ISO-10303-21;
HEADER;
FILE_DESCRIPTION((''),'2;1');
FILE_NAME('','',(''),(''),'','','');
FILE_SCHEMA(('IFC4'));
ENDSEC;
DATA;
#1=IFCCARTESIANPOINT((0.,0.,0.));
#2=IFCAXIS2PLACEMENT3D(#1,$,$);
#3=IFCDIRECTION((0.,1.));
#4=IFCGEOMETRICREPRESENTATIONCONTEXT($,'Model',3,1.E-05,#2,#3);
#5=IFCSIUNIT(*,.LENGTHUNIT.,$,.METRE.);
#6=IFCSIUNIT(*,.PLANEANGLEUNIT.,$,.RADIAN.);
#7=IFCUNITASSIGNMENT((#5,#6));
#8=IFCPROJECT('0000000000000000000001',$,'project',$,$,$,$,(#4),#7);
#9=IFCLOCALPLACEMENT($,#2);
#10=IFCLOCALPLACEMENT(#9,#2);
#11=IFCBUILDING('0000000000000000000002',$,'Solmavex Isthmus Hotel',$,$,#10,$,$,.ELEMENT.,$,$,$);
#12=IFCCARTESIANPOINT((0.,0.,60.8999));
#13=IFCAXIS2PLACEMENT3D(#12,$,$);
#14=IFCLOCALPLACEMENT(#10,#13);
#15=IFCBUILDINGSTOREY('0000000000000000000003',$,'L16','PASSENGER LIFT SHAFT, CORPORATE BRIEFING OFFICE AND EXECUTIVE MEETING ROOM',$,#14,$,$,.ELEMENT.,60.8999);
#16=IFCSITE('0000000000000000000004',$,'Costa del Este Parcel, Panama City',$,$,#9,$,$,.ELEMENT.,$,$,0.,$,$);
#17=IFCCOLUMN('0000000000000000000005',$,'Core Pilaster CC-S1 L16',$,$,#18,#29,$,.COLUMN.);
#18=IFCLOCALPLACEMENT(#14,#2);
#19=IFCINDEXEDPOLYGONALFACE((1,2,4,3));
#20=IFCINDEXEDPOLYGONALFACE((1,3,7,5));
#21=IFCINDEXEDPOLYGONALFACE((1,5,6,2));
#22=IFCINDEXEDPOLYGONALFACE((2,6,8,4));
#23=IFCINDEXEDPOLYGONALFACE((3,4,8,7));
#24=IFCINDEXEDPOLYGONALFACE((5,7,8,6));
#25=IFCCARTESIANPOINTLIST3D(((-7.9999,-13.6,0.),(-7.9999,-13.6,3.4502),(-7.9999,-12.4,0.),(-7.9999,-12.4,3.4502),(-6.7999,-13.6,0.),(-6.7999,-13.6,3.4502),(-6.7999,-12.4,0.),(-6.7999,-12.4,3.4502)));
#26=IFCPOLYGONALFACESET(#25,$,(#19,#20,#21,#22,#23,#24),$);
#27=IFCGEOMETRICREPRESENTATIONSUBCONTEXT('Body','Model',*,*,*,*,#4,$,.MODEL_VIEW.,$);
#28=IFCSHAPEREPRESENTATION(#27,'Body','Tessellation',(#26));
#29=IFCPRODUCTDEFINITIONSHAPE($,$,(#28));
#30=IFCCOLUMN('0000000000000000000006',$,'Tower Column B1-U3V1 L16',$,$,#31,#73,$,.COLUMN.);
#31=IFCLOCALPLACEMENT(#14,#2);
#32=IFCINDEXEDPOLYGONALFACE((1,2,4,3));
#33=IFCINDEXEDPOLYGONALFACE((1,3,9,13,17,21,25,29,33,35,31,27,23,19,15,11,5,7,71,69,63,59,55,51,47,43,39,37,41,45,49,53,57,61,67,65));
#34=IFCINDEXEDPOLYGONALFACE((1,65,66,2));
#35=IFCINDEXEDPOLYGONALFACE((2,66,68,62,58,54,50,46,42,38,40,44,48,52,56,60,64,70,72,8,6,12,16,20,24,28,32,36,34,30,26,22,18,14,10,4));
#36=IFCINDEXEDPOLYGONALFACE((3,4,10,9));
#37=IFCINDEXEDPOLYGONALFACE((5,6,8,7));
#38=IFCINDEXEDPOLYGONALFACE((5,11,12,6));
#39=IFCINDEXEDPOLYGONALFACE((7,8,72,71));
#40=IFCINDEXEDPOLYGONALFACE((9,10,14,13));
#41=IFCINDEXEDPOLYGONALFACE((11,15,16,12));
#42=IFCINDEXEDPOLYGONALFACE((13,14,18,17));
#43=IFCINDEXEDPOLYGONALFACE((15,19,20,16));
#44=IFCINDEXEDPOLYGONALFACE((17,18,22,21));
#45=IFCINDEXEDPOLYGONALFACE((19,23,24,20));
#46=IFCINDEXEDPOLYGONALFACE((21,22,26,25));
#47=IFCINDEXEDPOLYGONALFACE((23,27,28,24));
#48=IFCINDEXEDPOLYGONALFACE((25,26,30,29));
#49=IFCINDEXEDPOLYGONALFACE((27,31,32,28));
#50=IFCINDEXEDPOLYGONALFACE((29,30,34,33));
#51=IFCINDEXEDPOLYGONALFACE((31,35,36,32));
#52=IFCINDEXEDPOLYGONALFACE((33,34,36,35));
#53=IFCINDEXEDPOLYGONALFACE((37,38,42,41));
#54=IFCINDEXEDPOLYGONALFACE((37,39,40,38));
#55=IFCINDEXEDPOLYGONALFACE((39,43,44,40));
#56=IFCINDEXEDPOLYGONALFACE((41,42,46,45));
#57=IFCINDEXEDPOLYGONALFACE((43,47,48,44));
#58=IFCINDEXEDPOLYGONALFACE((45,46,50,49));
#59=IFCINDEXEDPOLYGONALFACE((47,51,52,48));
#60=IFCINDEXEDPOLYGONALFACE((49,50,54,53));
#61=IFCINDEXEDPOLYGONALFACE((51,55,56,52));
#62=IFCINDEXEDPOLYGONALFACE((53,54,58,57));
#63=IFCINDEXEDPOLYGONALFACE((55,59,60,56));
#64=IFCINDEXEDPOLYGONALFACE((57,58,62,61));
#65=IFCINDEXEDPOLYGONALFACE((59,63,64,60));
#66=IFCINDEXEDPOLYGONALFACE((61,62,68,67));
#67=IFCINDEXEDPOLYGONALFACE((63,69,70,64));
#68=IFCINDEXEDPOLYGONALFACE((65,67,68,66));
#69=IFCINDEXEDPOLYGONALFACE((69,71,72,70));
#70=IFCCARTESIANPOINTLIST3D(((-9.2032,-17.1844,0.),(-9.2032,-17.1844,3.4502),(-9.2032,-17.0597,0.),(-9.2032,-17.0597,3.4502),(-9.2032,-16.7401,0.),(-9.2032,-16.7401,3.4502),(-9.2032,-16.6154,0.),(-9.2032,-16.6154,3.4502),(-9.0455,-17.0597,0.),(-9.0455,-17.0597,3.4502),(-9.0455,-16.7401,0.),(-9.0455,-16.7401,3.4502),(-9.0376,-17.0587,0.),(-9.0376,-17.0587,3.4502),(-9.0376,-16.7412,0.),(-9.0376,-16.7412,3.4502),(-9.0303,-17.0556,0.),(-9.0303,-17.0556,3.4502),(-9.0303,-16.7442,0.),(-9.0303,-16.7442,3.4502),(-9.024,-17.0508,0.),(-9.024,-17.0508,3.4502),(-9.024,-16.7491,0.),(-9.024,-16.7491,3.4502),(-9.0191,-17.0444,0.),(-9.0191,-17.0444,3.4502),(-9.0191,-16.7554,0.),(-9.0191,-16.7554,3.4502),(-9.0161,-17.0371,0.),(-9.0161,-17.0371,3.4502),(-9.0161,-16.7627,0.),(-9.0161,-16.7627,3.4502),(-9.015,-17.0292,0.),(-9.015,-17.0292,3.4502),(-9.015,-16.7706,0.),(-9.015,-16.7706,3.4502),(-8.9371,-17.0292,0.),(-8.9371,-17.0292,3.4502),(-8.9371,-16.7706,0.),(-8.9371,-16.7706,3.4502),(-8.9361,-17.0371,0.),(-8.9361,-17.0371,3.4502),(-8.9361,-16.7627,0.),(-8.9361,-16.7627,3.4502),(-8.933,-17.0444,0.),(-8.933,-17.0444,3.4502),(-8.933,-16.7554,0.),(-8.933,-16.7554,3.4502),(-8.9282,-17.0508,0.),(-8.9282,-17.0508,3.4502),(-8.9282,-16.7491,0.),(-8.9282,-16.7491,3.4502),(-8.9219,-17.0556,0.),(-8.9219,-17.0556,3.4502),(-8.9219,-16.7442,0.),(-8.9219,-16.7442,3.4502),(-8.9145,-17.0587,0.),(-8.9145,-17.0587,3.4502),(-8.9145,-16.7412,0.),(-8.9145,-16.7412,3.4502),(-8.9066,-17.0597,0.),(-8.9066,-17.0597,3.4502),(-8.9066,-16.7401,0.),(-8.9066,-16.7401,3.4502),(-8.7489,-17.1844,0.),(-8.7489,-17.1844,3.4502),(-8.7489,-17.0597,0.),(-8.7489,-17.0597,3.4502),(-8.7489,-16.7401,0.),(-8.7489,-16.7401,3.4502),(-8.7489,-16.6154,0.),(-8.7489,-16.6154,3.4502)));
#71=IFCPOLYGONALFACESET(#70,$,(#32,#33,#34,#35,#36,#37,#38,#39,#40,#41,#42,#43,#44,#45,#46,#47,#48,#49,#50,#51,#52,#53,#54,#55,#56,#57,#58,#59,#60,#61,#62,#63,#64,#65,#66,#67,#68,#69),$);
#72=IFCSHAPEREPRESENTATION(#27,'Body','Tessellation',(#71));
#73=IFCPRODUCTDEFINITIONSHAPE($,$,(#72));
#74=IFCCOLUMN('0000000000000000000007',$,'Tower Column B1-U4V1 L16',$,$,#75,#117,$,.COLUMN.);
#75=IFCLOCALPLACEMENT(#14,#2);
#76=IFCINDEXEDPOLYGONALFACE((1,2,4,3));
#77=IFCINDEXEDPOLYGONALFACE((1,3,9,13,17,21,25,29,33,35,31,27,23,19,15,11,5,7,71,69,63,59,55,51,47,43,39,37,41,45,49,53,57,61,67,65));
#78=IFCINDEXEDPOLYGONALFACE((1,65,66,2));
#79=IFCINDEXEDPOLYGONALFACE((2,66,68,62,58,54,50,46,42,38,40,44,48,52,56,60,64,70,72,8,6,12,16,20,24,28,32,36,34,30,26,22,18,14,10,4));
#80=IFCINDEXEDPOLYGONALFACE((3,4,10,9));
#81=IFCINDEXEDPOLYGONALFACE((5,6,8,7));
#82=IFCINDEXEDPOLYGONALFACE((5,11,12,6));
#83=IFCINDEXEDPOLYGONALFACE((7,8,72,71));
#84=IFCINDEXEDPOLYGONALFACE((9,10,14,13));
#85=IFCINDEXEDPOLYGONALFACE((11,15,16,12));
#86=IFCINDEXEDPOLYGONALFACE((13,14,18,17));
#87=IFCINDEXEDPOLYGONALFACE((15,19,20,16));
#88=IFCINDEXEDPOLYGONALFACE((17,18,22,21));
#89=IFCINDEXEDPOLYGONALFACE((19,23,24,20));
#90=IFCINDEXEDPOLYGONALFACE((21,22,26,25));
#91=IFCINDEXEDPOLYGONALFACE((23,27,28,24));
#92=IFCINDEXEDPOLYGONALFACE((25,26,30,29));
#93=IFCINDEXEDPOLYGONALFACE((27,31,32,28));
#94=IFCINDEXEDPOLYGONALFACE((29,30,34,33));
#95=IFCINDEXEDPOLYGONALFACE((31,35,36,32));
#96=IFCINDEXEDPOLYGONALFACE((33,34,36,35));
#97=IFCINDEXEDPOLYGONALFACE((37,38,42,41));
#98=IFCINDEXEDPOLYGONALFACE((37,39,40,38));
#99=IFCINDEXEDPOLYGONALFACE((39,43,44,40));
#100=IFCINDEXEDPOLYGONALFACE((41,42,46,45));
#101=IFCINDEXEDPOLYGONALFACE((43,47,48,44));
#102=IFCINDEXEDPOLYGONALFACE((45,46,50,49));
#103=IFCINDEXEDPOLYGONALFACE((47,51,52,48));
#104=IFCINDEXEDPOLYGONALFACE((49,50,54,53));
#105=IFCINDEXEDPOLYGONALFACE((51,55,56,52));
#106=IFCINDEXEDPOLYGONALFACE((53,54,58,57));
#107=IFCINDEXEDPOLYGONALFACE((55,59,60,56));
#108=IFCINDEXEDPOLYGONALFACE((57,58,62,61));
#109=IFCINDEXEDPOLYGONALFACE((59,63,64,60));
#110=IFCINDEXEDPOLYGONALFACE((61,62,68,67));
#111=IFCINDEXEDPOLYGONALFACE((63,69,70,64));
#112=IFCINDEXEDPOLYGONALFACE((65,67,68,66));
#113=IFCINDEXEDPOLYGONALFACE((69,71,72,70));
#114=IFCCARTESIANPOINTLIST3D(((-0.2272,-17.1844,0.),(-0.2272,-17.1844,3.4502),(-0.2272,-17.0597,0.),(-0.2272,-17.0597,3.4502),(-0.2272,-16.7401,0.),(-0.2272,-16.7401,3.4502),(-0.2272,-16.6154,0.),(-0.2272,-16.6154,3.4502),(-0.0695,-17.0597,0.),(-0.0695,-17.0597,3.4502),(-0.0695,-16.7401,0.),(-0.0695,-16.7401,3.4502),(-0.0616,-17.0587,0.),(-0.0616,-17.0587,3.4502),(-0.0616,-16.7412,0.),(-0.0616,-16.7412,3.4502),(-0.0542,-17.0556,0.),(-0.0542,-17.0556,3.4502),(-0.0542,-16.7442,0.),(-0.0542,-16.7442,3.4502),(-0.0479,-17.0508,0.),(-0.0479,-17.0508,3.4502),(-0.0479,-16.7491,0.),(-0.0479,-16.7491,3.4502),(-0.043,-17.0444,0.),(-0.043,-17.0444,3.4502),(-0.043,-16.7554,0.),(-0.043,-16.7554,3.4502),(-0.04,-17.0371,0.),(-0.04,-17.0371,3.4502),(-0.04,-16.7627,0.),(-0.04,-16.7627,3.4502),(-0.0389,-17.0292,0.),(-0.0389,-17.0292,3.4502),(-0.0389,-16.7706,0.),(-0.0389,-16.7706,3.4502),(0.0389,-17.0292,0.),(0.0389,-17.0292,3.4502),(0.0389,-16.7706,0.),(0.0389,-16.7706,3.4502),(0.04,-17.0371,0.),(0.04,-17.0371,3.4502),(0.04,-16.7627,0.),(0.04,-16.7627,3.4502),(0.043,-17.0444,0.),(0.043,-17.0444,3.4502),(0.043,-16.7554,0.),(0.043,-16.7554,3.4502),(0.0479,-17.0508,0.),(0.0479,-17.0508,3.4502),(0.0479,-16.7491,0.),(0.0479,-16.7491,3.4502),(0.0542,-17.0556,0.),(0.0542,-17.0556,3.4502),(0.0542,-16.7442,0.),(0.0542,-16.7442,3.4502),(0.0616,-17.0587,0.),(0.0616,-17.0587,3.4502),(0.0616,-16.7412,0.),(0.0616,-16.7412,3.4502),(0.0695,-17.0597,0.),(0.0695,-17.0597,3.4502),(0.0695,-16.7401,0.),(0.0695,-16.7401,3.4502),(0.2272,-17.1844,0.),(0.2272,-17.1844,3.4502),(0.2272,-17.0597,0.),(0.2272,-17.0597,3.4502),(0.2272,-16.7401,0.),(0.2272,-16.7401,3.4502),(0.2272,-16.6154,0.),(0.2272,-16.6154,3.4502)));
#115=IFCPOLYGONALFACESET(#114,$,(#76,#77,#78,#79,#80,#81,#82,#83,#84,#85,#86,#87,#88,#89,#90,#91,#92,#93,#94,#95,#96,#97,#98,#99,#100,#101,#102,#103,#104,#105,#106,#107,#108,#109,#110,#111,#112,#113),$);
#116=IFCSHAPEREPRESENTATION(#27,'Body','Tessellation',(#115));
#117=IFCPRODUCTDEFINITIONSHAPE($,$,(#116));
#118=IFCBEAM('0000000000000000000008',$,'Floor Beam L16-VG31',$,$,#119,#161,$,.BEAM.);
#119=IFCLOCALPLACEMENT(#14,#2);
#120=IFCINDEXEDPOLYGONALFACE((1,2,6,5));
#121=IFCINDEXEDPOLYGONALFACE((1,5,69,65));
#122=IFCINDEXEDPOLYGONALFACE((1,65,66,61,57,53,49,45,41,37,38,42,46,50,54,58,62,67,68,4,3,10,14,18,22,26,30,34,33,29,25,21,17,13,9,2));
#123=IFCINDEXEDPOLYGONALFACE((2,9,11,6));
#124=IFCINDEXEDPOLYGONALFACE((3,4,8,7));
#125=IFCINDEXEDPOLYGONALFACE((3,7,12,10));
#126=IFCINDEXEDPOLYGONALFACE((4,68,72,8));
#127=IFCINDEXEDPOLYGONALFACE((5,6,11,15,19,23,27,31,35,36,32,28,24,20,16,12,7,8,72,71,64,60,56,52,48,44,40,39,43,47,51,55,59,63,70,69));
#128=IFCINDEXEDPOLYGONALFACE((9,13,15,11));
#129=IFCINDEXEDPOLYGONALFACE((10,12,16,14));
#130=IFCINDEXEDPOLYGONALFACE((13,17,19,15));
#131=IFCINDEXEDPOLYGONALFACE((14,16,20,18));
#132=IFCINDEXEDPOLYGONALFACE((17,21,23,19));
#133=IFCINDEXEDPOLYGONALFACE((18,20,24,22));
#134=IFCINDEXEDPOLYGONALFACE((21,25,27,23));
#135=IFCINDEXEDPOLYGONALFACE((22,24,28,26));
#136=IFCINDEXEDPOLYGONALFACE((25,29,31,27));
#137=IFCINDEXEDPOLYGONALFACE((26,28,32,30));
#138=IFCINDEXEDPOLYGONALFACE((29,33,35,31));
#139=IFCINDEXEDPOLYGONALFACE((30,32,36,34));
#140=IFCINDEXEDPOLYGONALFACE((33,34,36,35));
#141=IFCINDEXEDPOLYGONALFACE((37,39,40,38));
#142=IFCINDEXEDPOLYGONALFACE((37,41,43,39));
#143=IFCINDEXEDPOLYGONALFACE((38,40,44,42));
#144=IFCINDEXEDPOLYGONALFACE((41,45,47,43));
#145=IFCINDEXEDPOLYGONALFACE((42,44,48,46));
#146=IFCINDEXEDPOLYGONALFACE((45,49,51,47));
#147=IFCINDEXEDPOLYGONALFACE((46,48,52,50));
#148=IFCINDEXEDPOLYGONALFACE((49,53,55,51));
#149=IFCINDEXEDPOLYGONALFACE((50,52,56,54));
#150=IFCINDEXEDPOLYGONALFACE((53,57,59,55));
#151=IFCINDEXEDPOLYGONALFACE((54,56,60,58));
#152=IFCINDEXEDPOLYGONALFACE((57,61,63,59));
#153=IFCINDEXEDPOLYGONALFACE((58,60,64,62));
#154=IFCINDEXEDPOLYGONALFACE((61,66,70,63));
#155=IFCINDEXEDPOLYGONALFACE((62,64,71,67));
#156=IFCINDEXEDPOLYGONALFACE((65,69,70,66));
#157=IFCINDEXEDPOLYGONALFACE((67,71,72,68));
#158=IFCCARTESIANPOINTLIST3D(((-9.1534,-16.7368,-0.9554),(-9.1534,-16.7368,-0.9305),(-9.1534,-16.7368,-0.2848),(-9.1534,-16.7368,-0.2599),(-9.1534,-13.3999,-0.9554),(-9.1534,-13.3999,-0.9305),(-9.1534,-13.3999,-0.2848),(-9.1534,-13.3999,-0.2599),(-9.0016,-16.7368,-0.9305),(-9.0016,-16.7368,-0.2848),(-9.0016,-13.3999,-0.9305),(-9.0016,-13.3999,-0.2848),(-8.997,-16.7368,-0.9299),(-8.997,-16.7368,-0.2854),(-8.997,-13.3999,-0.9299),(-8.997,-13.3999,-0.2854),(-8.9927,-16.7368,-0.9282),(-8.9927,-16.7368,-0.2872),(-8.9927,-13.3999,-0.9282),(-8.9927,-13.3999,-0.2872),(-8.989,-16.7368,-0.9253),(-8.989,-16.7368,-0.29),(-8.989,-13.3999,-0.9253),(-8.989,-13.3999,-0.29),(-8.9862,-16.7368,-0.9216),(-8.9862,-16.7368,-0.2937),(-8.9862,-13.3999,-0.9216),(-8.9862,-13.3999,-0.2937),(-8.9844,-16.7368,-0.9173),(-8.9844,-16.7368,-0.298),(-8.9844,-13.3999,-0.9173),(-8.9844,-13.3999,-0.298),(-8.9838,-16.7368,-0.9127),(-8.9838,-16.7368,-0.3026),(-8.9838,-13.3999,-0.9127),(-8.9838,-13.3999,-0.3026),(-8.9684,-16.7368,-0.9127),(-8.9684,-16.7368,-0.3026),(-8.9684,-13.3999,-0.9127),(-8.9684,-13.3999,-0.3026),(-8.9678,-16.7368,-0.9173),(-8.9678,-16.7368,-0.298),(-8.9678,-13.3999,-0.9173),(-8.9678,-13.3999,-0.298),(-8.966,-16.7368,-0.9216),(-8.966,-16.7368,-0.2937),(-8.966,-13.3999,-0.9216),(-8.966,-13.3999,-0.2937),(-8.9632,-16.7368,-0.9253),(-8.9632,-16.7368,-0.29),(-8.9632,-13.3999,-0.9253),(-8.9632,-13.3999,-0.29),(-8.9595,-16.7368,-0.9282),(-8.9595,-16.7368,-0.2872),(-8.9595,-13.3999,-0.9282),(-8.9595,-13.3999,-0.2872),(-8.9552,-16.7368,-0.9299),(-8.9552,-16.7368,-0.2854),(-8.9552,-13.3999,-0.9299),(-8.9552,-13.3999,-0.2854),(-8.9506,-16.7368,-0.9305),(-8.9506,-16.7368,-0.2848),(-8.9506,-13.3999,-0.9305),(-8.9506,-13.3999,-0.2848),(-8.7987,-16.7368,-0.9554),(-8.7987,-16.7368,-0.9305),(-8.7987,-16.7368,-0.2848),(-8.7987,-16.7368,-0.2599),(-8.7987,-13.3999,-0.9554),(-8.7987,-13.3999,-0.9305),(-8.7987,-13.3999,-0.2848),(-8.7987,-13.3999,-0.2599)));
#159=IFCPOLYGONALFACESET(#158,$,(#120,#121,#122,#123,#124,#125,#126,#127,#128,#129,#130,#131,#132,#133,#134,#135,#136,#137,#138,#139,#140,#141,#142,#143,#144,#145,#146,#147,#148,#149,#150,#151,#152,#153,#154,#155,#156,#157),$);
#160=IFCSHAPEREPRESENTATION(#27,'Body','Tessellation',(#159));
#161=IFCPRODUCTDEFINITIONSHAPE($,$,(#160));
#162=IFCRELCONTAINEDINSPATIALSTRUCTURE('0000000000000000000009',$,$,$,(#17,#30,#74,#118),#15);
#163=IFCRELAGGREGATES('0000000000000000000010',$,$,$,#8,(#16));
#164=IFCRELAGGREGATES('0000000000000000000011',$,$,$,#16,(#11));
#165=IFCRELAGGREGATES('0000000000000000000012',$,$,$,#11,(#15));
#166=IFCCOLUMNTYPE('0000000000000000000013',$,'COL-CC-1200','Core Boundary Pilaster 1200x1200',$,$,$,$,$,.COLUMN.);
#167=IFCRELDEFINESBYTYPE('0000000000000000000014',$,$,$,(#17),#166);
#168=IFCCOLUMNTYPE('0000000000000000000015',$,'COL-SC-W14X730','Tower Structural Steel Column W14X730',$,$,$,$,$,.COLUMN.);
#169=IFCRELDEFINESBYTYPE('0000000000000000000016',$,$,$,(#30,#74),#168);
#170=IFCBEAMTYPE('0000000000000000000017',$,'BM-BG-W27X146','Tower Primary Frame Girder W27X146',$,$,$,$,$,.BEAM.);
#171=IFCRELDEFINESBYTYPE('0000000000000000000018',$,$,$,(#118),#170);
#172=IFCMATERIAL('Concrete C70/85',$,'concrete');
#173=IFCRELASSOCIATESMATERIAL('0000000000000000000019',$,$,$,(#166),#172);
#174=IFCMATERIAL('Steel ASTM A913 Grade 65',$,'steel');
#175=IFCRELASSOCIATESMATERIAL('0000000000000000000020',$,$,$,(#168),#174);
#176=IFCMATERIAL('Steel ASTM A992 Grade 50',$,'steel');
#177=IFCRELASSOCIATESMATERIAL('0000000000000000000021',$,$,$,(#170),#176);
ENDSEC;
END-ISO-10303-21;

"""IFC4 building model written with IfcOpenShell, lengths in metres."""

from ifc_helpers import new_model, si_unit, direction, frame, origin, origin_2d, place, context, subcontext, project, spatial, rectangle, i_section, extrude, material, material_profile, profile_set, type_object, element, save


model = new_model("IFC4")

# Units and contexts
model_context = context("Model", 3, precision=1e-05, world=origin(), true_north=direction((0.0, 1.0)))
body_context = subcontext(model_context, "Body", "Model", "MODEL_VIEW")
ifc_project = project(units=[si_unit("LENGTHUNIT", "METRE"), si_unit("PLANEANGLEUNIT", "RADIAN")], contexts=[model_context])

# Site, building, storey
site_placement = place(None, origin())
site = spatial("IfcSite", under=ifc_project, at=site_placement, Name="Costa del Este Parcel, Panama City", CompositionType="ELEMENT", RefElevation=0.0)
building_placement = place(site_placement, origin())
building = spatial("IfcBuilding", under=site, at=building_placement, Name="Solmavex Isthmus Hotel", CompositionType="ELEMENT")
storey_placement = place(building_placement, frame((0.0, 0.0, 60.8999)))
storey = spatial("IfcBuildingStorey", under=building, at=storey_placement, Name="L16", Description="PASSENGER LIFT SHAFT, CORPORATE BRIEFING OFFICE AND EXECUTIVE MEETING ROOM", CompositionType="ELEMENT", Elevation=60.8999)

# Columns
ifc_material_1 = material(Name="Concrete C70/85", Category="concrete")
ifc_material_profile_1 = material_profile(ifc_material_1, rectangle(XDim=1.2, YDim=1.2, at=origin_2d()), Name="RC1200X1200")
ifc_profile_set_1 = profile_set([ifc_material_profile_1], Name="Concrete C70/85")
column_type_1 = type_object("IfcColumnType", Name="COL-CC-1200", Description="Core Boundary Pilaster 1200x1200", PredefinedType="COLUMN", material=ifc_profile_set_1)
column_placement = place(storey_placement, frame((-7.3999, -13.0, 0.0), z_axis=(0.0, 0.0, 1.0), x_axis=(1.0, 0.0, 0.0)))
element("IfcColumn", 1, at=column_placement, inside=storey, type_object=column_type_1, Name="Core Pilaster CC-S1 L16", PredefinedType="COLUMN", context=body_context, shape_type="SweptSolid", body=[
    extrude(rectangle(XDim=1.2, YDim=1.2, at=origin_2d()), origin(), (0.0, 0.0, 1.0), 3.4502),
])
ifc_material_2 = material(Name="Steel ASTM A913 Grade 65", Category="steel")
ifc_material_profile_2 = material_profile(ifc_material_2, i_section(OverallWidth=0.4543, OverallDepth=0.5691, WebThickness=0.0779, FlangeThickness=0.1248, FilletRadius=0.0305, at=origin_2d()), Name="W14X730")
ifc_profile_set_2 = profile_set([ifc_material_profile_2], Name="Steel ASTM A913 Grade 65")
column_type_2 = type_object("IfcColumnType", Name="COL-SC-W14X730", Description="Tower Structural Steel Column W14X730", PredefinedType="COLUMN", material=ifc_profile_set_2)
for number, where, z_axis, x_axis, name in (
    (2, (-8.9761, -16.8999, 0.0), (0.0, 0.0, 1.0), (1.0, 0.0, 0.0), "Tower Column B1-U3V1 L16"),
    (3, (0.0, -16.8999, 0.0), (0.0, 0.0, 1.0), (1.0, 0.0, 0.0), "Tower Column B1-U4V1 L16"),
):
    element("IfcColumn", number, at=place(storey_placement, frame(where, z_axis=z_axis, x_axis=x_axis)), inside=storey, type_object=column_type_2, Name=name, PredefinedType="COLUMN", context=body_context, shape_type="SweptSolid", body=[
        extrude(i_section(OverallWidth=0.4543, OverallDepth=0.5691, WebThickness=0.0779, FlangeThickness=0.1248, FilletRadius=0.0305, at=origin_2d()), origin(), (0.0, 0.0, 1.0), 3.4502),
    ])

# Beam
ifc_material_3 = material(Name="Steel ASTM A992 Grade 50", Category="steel")
ifc_material_profile_3 = material_profile(ifc_material_3, i_section(OverallWidth=0.3547, OverallDepth=0.6956, WebThickness=0.0154, FlangeThickness=0.0249, FilletRadius=0.0178, at=origin_2d()), Name="W27X146")
ifc_profile_set_3 = profile_set([ifc_material_profile_3], Name="Steel ASTM A992 Grade 50")
beam_type_1 = type_object("IfcBeamType", Name="BM-BG-W27X146", Description="Tower Primary Frame Girder W27X146", PredefinedType="BEAM", material=ifc_profile_set_3)
beam_1_placement = place(storey_placement, frame((-8.9761, -16.7368, -0.6077), z_axis=(0.0, 1.0, 0.0), x_axis=(-1.0, 0.0, 0.0)))
element("IfcBeam", 4, at=beam_1_placement, inside=storey, type_object=beam_type_1, Name="Floor Beam L16-VG31", PredefinedType="BEAM", context=body_context, shape_type="SweptSolid", body=[
    extrude(i_section(OverallWidth=0.3547, OverallDepth=0.6956, WebThickness=0.0154, FlangeThickness=0.0249, FilletRadius=0.0178, at=origin_2d()), origin(), (0.0, 0.0, 1.0), 3.3369),
])

save(model, "model.ifc")
